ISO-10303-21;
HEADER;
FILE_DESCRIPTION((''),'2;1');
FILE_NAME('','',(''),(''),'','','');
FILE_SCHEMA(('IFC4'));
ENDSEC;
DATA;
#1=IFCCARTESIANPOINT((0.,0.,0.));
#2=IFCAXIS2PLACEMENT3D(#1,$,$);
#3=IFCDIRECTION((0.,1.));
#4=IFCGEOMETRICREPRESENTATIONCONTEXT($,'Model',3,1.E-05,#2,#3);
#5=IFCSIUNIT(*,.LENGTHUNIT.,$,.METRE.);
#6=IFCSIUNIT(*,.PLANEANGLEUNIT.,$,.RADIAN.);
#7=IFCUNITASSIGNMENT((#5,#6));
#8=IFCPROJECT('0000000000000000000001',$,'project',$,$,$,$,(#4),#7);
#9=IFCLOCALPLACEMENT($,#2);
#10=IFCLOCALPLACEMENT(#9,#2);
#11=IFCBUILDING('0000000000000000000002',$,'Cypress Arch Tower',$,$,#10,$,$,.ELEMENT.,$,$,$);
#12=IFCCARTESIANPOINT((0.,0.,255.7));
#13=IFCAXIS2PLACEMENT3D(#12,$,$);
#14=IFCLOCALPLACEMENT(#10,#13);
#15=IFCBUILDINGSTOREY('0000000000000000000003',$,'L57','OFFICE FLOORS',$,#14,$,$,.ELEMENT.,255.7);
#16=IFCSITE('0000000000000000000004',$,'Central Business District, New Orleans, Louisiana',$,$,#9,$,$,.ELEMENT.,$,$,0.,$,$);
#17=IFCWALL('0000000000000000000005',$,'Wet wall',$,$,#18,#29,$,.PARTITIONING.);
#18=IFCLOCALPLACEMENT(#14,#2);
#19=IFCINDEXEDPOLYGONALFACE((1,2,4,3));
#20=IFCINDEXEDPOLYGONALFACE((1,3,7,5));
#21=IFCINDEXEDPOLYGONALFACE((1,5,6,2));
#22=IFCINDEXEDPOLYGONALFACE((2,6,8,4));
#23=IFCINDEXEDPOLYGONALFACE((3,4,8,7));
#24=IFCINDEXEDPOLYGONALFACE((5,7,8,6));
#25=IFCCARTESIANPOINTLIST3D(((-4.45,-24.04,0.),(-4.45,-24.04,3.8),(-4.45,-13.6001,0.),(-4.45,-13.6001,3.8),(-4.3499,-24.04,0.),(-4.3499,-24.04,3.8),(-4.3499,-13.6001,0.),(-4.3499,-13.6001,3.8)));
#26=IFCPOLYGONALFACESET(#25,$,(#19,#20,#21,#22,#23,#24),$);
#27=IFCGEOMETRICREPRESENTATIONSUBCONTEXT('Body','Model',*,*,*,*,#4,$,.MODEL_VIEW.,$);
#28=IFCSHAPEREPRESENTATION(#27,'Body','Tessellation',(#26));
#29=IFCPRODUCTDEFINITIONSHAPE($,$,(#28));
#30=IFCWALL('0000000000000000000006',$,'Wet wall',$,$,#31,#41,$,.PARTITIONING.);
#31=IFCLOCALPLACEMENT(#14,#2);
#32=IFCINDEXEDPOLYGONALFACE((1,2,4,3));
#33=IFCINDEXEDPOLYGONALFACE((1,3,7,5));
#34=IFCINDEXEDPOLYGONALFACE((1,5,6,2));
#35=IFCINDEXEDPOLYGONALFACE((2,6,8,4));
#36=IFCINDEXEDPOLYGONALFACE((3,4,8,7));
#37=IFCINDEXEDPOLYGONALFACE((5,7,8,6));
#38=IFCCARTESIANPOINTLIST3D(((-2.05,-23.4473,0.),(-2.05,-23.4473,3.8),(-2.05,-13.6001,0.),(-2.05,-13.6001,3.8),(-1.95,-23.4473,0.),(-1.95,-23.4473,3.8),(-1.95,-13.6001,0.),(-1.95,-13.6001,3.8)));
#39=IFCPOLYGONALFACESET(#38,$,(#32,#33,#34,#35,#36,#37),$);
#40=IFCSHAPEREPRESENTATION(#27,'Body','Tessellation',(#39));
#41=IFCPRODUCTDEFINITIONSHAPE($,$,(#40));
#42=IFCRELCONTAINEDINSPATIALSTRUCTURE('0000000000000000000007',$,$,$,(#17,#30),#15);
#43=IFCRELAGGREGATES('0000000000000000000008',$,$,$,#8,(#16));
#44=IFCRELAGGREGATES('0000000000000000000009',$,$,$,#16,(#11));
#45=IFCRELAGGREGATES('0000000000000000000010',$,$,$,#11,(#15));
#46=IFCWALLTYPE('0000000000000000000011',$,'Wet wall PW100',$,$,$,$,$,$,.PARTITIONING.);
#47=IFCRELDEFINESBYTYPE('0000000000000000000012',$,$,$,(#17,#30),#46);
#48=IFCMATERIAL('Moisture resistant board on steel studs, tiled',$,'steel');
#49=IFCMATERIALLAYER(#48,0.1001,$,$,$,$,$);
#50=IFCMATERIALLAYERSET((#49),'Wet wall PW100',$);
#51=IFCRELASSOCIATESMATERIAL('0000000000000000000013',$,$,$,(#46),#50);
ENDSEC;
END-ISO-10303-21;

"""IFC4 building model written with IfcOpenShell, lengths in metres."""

from ifc_helpers import new_model, si_unit, direction, frame, frame_2d, origin, place, context, subcontext, project, spatial, rectangle, extrude, material, layer, layer_set, type_object, element, save


model = new_model("IFC4")

# Units and contexts
model_context = context("Model", 3, precision=1e-05, world=origin(), true_north=direction((0.0, 1.0)))
body_context = subcontext(model_context, "Body", "Model", "MODEL_VIEW")
ifc_project = project(units=[si_unit("LENGTHUNIT", "METRE"), si_unit("PLANEANGLEUNIT", "RADIAN")], contexts=[model_context])

# Site, building, storey
site_placement = place(None, origin())
site = spatial("IfcSite", under=ifc_project, at=site_placement, Name="Central Business District, New Orleans, Louisiana", CompositionType="ELEMENT", RefElevation=0.0)
building_placement = place(site_placement, origin())
building = spatial("IfcBuilding", under=site, at=building_placement, Name="Cypress Arch Tower", CompositionType="ELEMENT")
storey_placement = place(building_placement, frame((0.0, 0.0, 255.7)))
storey = spatial("IfcBuildingStorey", under=building, at=storey_placement, Name="L57", Description="OFFICE FLOORS", CompositionType="ELEMENT", Elevation=255.7)

# Walls
ifc_material_1 = material(Name="Moisture resistant board on steel studs, tiled", Category="steel")
ifc_layer_1 = layer(ifc_material_1, 0.1001)
ifc_layer_set_1 = layer_set([ifc_layer_1], Name="Wet wall PW100")
wall_type_1 = type_object("IfcWallType", Name="Wet wall PW100", PredefinedType="PARTITIONING", material=ifc_layer_set_1)
for number, where, z_axis, x_axis, name in (
    (1, (-4.3999, -24.04, 0.0), (0.0, 0.0, 1.0), (0.0, 1.0, 0.0), "Wet wall"),
):
    element("IfcWall", number, at=place(storey_placement, frame(where, z_axis=z_axis, x_axis=x_axis)), inside=storey, type_object=wall_type_1, Name=name, PredefinedType="PARTITIONING", context=body_context, shape_type="SweptSolid", body=[
        extrude(rectangle(XDim=10.4399, YDim=0.1001, at=frame_2d((5.22, 0.0))), origin(), (0.0, 0.0, 1.0), 3.8),
    ])
wall_1_placement = place(storey_placement, frame((-2.0, -23.4473, 0.0), z_axis=(0.0, 0.0, 1.0), x_axis=(0.0, 1.0, 0.0)))
element("IfcWall", 2, at=wall_1_placement, inside=storey, type_object=wall_type_1, Name="Wet wall", PredefinedType="PARTITIONING", context=body_context, shape_type="SweptSolid", body=[
    extrude(rectangle(XDim=9.8472, YDim=0.1001, at=frame_2d((4.9236, 0.0))), origin(), (0.0, 0.0, 1.0), 3.8),
])

save(model, "model.ifc")
